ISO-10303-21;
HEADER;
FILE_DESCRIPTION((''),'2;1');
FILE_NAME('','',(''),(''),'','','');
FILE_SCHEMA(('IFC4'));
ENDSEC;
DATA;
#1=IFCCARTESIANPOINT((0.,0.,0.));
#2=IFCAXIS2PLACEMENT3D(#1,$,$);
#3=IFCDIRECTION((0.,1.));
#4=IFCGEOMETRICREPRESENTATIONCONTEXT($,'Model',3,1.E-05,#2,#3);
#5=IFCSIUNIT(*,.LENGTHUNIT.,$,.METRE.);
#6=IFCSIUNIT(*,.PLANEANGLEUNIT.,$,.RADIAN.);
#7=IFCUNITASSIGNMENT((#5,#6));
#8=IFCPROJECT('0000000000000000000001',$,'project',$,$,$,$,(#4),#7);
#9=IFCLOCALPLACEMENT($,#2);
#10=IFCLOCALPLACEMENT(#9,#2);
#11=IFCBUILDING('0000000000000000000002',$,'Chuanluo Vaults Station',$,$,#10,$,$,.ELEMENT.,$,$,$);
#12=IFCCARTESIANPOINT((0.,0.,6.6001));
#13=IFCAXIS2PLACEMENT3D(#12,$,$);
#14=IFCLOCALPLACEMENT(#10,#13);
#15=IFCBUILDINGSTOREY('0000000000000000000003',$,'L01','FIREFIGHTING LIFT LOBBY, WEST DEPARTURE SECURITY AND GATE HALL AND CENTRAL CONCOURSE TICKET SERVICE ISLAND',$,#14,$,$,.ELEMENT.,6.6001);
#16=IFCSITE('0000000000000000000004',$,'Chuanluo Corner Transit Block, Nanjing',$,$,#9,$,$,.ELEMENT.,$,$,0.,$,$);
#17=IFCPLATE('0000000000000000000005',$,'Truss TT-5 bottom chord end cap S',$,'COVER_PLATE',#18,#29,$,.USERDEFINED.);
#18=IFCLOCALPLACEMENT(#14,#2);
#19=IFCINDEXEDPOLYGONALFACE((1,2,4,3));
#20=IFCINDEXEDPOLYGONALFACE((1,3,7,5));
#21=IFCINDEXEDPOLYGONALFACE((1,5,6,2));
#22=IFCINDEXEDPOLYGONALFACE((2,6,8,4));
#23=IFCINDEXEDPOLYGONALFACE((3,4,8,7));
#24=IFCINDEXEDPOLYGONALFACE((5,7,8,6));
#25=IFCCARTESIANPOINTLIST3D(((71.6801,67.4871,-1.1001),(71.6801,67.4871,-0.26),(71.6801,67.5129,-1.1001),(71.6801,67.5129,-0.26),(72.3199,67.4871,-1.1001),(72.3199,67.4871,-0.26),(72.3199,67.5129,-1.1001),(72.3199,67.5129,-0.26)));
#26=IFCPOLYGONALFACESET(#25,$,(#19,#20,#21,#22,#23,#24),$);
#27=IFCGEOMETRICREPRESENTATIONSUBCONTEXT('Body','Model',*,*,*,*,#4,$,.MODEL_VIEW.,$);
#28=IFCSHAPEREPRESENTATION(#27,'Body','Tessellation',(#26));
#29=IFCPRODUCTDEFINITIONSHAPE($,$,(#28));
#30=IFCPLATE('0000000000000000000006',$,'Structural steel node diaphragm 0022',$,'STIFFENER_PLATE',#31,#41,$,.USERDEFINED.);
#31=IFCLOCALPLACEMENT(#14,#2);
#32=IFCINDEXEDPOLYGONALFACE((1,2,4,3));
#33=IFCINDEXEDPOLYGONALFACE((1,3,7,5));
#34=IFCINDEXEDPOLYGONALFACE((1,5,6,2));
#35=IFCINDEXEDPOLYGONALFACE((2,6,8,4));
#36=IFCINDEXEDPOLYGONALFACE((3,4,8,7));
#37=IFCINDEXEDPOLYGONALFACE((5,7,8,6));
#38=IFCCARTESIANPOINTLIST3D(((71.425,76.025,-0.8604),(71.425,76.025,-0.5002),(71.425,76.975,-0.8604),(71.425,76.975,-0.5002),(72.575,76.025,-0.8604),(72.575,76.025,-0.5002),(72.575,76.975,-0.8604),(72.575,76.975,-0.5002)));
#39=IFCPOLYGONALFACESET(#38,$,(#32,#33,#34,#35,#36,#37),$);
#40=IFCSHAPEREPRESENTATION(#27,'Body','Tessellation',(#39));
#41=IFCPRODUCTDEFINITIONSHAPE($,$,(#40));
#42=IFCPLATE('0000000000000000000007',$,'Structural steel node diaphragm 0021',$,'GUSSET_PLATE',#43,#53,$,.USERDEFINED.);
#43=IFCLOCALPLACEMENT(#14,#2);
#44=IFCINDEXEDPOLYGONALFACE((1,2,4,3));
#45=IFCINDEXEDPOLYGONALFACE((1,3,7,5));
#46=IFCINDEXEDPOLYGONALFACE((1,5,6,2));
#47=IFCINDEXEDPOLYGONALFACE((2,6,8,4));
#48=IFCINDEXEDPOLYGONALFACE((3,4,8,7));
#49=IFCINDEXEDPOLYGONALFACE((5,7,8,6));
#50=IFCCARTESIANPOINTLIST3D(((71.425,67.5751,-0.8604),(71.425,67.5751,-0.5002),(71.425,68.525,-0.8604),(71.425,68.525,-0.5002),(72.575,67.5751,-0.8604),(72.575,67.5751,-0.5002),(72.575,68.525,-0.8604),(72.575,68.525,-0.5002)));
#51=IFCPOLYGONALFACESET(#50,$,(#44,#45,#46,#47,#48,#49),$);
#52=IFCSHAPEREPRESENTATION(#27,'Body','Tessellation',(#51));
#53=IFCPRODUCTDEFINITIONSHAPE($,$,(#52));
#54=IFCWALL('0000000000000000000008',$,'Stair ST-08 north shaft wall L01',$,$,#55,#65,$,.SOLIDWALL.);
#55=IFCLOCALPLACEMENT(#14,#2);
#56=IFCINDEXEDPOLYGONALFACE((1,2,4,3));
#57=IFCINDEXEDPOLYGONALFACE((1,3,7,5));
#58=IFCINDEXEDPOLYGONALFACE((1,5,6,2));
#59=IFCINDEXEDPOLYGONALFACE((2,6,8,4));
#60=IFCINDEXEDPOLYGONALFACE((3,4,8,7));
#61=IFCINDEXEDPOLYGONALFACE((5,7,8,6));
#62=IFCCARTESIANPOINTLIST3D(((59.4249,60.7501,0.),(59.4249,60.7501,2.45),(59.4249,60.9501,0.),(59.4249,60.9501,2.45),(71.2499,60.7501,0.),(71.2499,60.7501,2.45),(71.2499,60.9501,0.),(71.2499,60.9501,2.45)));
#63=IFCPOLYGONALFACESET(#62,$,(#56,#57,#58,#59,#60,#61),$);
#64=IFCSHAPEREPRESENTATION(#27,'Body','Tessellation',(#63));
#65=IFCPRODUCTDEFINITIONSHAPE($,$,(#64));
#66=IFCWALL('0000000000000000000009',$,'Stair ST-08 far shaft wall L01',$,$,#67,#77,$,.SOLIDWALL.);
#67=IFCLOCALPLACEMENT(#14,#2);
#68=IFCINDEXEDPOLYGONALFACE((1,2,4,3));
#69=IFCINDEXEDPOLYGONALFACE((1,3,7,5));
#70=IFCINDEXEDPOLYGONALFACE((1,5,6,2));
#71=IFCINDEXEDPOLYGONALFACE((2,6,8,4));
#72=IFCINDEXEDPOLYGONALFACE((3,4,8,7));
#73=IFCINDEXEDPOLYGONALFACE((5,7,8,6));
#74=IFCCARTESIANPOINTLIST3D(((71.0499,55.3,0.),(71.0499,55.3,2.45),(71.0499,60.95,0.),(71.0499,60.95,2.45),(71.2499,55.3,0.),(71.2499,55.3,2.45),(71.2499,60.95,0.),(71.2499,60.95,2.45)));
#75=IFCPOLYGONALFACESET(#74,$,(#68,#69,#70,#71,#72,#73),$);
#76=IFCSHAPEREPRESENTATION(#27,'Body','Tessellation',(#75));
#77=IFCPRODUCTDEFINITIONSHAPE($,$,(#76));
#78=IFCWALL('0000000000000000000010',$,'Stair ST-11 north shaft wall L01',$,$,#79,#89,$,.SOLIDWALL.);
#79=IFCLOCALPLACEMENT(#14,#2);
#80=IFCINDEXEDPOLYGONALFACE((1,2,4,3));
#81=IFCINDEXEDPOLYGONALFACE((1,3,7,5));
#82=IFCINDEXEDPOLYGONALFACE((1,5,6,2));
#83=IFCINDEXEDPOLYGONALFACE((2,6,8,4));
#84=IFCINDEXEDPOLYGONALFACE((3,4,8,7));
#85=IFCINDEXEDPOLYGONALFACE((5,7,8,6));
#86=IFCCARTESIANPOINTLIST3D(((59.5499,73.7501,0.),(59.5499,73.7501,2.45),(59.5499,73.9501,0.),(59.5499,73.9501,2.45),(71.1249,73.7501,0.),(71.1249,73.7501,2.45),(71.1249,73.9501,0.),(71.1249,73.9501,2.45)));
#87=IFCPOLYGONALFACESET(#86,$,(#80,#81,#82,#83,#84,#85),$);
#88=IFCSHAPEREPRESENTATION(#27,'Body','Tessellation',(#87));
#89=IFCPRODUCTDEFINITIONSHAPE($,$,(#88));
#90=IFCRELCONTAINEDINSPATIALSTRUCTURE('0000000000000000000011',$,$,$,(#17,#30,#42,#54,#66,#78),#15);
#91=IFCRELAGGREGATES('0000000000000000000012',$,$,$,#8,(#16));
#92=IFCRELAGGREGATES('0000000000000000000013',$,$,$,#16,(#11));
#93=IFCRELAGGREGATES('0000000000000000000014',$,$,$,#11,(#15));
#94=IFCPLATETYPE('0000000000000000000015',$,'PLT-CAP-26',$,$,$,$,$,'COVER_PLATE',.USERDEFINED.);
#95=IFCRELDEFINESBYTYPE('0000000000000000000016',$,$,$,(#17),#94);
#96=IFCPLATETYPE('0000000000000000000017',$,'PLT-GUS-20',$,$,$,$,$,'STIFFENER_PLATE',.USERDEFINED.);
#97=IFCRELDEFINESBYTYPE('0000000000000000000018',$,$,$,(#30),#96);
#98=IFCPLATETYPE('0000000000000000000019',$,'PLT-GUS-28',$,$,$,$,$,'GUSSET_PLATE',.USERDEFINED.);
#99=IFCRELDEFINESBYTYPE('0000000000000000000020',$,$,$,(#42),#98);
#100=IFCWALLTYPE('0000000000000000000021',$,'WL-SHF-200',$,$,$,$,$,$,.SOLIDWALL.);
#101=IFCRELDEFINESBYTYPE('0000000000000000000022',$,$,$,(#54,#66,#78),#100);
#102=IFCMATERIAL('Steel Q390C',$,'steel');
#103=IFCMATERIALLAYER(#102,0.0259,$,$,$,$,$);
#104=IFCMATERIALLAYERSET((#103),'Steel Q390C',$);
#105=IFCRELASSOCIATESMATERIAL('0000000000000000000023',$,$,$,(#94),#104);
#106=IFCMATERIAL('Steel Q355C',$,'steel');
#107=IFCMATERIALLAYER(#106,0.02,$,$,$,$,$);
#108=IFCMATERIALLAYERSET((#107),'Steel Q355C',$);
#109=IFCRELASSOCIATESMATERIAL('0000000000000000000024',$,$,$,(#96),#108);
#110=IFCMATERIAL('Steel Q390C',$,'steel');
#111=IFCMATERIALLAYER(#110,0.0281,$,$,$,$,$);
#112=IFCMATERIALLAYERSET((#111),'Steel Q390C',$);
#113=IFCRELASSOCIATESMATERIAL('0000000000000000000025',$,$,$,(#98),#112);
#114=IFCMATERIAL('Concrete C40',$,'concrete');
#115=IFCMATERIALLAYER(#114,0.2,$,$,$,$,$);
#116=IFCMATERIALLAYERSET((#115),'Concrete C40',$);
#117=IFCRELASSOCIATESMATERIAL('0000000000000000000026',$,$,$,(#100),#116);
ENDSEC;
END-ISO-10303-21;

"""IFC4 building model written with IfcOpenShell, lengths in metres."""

from ifc_helpers import new_model, si_unit, direction, frame, frame_2d, origin, origin_2d, place, context, subcontext, project, spatial, rectangle, extrude, material, layer, layer_set, type_object, element, save


model = new_model("IFC4")

# Units and contexts
model_context = context("Model", 3, precision=1e-05, world=origin(), true_north=direction((0.0, 1.0)))
body_context = subcontext(model_context, "Body", "Model", "MODEL_VIEW")
ifc_project = project(units=[si_unit("LENGTHUNIT", "METRE"), si_unit("PLANEANGLEUNIT", "RADIAN")], contexts=[model_context])

# Site, building, storey
site_placement = place(None, origin())
site = spatial("IfcSite", under=ifc_project, at=site_placement, Name="Chuanluo Corner Transit Block, Nanjing", CompositionType="ELEMENT", RefElevation=0.0)
building_placement = place(site_placement, origin())
building = spatial("IfcBuilding", under=site, at=building_placement, Name="Chuanluo Vaults Station", CompositionType="ELEMENT")
storey_placement = place(building_placement, frame((0.0, 0.0, 6.6001)))
storey = spatial("IfcBuildingStorey", under=building, at=storey_placement, Name="L01", Description="FIREFIGHTING LIFT LOBBY, WEST DEPARTURE SECURITY AND GATE HALL AND CENTRAL CONCOURSE TICKET SERVICE ISLAND", CompositionType="ELEMENT", Elevation=6.6001)

# Plates
ifc_material_1 = material(Name="Steel Q390C", Category="steel")
ifc_layer_1 = layer(ifc_material_1, 0.0259)
ifc_layer_set_1 = layer_set([ifc_layer_1], Name="Steel Q390C")
plate_type_1 = type_object("IfcPlateType", Name="PLT-CAP-26", ElementType="COVER_PLATE", PredefinedType="USERDEFINED", material=ifc_layer_set_1)
plate_1_placement = place(storey_placement, frame((72.0, 67.5, -1.1001), z_axis=(0.0, 0.0, 1.0), x_axis=(1.0, 0.0, 0.0)))
element("IfcPlate", 1, at=plate_1_placement, inside=storey, type_object=plate_type_1, Name="Truss TT-5 bottom chord end cap S", ObjectType="COVER_PLATE", PredefinedType="USERDEFINED", context=body_context, shape_type="SweptSolid", body=[
    extrude(rectangle(XDim=0.6399, YDim=0.0259, at=origin_2d()), origin(), (0.0, 0.0, 1.0), 0.8401),
])
ifc_material_2 = material(Name="Steel Q355C", Category="steel")
ifc_layer_2 = layer(ifc_material_2, 0.02)
ifc_layer_set_2 = layer_set([ifc_layer_2], Name="Steel Q355C")
plate_type_2 = type_object("IfcPlateType", Name="PLT-GUS-20", ElementType="STIFFENER_PLATE", PredefinedType="USERDEFINED", material=ifc_layer_set_2)
plate_2_placement = place(storey_placement, frame((72.0, 76.5, -0.8604), z_axis=(0.0, 0.0, 1.0), x_axis=(1.0, 0.0, 0.0)))
element("IfcPlate", 2, at=plate_2_placement, inside=storey, type_object=plate_type_2, Name="Structural steel node diaphragm 0022", ObjectType="STIFFENER_PLATE", PredefinedType="USERDEFINED", context=body_context, shape_type="SweptSolid", body=[
    extrude(rectangle(XDim=1.1499, YDim=0.95, at=origin_2d()), origin(), (0.0, 0.0, 1.0), 0.3601),
])
ifc_material_3 = material(Name="Steel Q390C", Category="steel")
ifc_layer_3 = layer(ifc_material_3, 0.0281)
ifc_layer_set_3 = layer_set([ifc_layer_3], Name="Steel Q390C")
plate_type_3 = type_object("IfcPlateType", Name="PLT-GUS-28", ElementType="GUSSET_PLATE", PredefinedType="USERDEFINED", material=ifc_layer_set_3)
plate_3_placement = place(storey_placement, frame((72.0, 68.05, -0.8604), z_axis=(0.0, 0.0, 1.0), x_axis=(1.0, 0.0, 0.0)))
element("IfcPlate", 3, at=plate_3_placement, inside=storey, type_object=plate_type_3, Name="Structural steel node diaphragm 0021", ObjectType="GUSSET_PLATE", PredefinedType="USERDEFINED", context=body_context, shape_type="SweptSolid", body=[
    extrude(rectangle(XDim=1.1499, YDim=0.95, at=origin_2d()), origin(), (0.0, 0.0, 1.0), 0.3601),
])

# Walls
ifc_material_4 = material(Name="Concrete C40", Category="concrete")
ifc_layer_4 = layer(ifc_material_4, 0.2)
ifc_layer_set_4 = layer_set([ifc_layer_4], Name="Concrete C40")
wall_type = type_object("IfcWallType", Name="WL-SHF-200", PredefinedType="SOLIDWALL", material=ifc_layer_set_4)
wall_1_placement = place(storey_placement, frame((71.25, 60.8501, 0.0), z_axis=(0.0, 0.0, 1.0), x_axis=(-1.0, 0.0, 0.0)))
element("IfcWall", 4, at=wall_1_placement, inside=storey, type_object=wall_type, Name="Stair ST-08 north shaft wall L01", PredefinedType="SOLIDWALL", context=body_context, shape_type="SweptSolid", body=[
    extrude(rectangle(XDim=11.825, YDim=0.2, at=frame_2d((5.9126, 0.0))), origin(), (0.0, 0.0, 1.0), 2.45),
])
wall_2_placement = place(storey_placement, frame((71.1499, 55.3, 0.0), z_axis=(0.0, 0.0, 1.0), x_axis=(0.0, 1.0, 0.0)))
element("IfcWall", 5, at=wall_2_placement, inside=storey, type_object=wall_type, Name="Stair ST-08 far shaft wall L01", PredefinedType="SOLIDWALL", context=body_context, shape_type="SweptSolid", body=[
    extrude(rectangle(XDim=5.6499, YDim=0.2, at=frame_2d((2.825, 0.0))), origin(), (0.0, 0.0, 1.0), 2.45),
])
wall_3_placement = place(storey_placement, frame((71.125, 73.8501, 0.0), z_axis=(0.0, 0.0, 1.0), x_axis=(-1.0, 0.0, 0.0)))
element("IfcWall", 6, at=wall_3_placement, inside=storey, type_object=wall_type, Name="Stair ST-11 north shaft wall L01", PredefinedType="SOLIDWALL", context=body_context, shape_type="SweptSolid", body=[
    extrude(rectangle(XDim=11.575, YDim=0.2, at=frame_2d((5.7876, 0.0))), origin(), (0.0, 0.0, 1.0), 2.45),
])

save(model, "model.ifc")
